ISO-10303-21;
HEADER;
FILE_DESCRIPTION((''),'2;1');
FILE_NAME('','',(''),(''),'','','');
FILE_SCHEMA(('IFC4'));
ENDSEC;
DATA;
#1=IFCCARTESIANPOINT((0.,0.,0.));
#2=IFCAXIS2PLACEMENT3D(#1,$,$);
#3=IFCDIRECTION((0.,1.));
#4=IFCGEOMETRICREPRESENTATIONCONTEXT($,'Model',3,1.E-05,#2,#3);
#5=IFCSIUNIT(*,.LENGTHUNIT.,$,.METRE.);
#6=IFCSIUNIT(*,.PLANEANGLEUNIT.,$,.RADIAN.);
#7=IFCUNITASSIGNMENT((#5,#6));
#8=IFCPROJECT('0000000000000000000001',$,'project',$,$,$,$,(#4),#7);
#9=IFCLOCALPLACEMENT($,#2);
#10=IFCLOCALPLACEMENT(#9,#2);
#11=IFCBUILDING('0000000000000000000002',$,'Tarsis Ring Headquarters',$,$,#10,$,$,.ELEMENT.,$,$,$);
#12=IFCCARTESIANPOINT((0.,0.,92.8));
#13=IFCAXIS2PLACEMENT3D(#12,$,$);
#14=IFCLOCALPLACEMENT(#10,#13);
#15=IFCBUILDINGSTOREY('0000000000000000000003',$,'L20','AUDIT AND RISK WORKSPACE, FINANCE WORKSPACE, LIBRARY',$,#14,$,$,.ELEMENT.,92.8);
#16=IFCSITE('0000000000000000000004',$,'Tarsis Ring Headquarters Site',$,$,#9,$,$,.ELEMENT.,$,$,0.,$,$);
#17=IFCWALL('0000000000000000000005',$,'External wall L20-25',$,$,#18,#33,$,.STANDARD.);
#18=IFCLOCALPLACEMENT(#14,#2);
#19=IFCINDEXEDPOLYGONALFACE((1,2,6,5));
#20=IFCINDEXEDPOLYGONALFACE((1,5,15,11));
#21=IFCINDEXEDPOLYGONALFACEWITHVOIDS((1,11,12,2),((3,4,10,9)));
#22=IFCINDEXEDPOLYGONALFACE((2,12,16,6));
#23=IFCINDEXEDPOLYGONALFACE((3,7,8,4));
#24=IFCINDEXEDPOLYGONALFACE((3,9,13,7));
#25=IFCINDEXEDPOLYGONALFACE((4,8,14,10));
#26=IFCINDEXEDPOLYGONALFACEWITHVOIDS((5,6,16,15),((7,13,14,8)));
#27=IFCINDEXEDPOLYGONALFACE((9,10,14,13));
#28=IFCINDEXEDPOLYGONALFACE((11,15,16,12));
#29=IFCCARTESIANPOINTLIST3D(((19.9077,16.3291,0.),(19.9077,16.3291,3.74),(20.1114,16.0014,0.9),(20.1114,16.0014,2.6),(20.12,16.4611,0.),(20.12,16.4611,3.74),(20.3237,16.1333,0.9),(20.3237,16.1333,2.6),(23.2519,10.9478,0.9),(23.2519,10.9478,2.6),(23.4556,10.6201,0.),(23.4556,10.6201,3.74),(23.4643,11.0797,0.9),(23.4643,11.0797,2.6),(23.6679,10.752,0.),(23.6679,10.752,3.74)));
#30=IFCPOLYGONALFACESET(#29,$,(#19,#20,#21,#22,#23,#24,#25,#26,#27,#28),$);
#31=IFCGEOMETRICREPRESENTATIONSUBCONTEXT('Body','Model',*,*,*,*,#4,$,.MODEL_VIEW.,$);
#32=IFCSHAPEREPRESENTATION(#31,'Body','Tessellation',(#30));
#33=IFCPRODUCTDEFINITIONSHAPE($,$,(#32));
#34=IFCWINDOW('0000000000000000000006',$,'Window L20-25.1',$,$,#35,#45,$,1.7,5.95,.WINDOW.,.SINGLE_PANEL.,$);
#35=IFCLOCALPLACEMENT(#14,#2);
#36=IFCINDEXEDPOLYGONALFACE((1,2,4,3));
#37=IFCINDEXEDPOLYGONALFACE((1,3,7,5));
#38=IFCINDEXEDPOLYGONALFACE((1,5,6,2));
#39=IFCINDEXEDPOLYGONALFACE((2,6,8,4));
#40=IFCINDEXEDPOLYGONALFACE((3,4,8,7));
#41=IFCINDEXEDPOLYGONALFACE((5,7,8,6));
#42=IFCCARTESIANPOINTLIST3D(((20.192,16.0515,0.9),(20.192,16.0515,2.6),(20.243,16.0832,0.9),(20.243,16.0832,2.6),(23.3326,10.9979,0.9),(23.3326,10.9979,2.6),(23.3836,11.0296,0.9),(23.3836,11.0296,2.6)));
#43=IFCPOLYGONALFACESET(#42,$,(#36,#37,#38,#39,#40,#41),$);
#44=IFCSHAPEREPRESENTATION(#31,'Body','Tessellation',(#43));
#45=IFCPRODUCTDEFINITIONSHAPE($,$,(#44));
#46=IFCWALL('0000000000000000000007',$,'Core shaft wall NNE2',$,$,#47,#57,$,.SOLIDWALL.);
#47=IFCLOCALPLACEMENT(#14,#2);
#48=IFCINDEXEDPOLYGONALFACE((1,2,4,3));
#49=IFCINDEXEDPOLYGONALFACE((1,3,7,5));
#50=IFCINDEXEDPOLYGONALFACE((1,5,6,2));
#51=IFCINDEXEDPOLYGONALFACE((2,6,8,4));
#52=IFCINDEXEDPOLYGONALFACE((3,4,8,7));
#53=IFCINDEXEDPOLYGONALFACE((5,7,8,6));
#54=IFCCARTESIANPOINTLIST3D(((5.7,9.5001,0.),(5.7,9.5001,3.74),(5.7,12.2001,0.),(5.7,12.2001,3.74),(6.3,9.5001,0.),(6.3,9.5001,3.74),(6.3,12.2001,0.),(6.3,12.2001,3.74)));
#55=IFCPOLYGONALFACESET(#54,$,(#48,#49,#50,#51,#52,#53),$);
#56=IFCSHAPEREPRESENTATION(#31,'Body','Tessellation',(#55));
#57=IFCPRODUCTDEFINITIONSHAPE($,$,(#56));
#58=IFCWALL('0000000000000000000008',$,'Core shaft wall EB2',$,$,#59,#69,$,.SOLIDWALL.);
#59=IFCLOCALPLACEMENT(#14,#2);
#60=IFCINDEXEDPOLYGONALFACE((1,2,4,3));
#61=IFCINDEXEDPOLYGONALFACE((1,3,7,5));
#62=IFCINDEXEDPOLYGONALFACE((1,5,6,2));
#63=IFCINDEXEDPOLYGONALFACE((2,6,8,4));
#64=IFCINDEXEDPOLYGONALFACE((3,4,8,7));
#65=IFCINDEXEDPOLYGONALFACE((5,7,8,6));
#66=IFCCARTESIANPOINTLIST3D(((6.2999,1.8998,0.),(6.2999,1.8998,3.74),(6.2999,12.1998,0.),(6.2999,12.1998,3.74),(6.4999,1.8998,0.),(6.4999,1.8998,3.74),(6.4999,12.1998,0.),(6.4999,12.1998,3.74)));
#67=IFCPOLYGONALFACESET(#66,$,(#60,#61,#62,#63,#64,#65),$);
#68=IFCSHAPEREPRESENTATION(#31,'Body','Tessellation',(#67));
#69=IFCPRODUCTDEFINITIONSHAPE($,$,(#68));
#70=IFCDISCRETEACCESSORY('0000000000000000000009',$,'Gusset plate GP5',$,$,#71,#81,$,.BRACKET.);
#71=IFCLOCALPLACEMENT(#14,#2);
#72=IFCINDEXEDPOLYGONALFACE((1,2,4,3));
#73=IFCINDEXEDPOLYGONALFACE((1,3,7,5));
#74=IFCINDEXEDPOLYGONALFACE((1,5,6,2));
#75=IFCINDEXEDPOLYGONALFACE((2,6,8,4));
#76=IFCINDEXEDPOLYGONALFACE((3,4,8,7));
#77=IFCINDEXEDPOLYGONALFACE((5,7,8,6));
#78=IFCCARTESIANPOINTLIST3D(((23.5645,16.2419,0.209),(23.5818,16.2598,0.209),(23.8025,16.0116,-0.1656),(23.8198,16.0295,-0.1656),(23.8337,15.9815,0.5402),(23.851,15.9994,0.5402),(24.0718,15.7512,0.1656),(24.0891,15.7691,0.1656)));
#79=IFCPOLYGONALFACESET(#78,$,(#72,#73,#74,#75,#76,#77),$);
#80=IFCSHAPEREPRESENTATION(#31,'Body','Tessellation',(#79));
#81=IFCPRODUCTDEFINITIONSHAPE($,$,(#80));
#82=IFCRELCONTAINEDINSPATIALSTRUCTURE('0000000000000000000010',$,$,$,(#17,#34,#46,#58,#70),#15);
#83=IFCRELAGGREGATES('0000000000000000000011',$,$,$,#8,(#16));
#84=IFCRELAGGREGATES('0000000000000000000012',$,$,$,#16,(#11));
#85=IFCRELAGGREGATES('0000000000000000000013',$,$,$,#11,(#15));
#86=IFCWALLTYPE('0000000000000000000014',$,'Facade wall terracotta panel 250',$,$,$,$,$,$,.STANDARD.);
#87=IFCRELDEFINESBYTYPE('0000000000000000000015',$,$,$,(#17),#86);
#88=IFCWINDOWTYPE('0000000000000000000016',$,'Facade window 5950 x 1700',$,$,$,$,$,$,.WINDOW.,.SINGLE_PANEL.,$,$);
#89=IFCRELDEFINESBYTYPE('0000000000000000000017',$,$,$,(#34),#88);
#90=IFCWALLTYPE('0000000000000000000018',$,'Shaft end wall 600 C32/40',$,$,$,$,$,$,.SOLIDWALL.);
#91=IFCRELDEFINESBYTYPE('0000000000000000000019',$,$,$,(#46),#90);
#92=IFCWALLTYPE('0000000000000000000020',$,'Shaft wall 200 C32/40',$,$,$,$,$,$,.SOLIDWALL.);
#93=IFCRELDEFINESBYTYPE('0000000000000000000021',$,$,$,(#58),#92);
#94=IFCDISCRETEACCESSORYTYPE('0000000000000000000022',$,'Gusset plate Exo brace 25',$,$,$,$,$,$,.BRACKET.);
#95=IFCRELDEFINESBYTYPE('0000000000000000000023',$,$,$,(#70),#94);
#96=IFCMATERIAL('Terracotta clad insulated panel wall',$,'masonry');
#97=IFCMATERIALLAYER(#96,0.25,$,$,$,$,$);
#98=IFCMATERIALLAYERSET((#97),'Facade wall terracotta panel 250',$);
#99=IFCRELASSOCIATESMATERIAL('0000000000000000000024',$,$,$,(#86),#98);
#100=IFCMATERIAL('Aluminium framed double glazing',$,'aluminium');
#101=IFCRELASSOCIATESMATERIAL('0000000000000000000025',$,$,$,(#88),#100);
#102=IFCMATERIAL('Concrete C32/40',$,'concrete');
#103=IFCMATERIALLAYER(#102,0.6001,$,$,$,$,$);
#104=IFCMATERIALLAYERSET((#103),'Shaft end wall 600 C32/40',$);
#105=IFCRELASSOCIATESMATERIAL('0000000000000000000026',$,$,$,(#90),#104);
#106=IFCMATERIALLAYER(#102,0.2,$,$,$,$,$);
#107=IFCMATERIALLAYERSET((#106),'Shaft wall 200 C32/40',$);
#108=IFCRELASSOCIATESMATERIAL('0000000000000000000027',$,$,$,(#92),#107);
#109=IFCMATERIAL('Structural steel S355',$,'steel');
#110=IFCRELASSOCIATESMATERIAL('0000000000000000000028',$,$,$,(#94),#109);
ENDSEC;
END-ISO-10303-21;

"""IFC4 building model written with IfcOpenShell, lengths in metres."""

from ifc_helpers import new_model, si_unit, direction, frame, frame_2d, origin, origin_2d, place, context, subcontext, project, spatial, rectangle, extrude, material, layer, layer_set, material_profile, profile_set, type_object, element, fill, save


model = new_model("IFC4")

# Units and contexts
model_context = context("Model", 3, precision=1e-05, world=origin(), true_north=direction((0.0, 1.0)))
body_context = subcontext(model_context, "Body", "Model", "MODEL_VIEW")
ifc_project = project(units=[si_unit("LENGTHUNIT", "METRE"), si_unit("PLANEANGLEUNIT", "RADIAN")], contexts=[model_context])

# Site, building, storey
site_placement = place(None, origin())
site = spatial("IfcSite", under=ifc_project, at=site_placement, Name="Tarsis Ring Headquarters Site", CompositionType="ELEMENT", RefElevation=0.0)
building_placement = place(site_placement, origin())
building = spatial("IfcBuilding", under=site, at=building_placement, Name="Tarsis Ring Headquarters", CompositionType="ELEMENT")
storey_placement = place(building_placement, frame((0.0, 0.0, 92.8)))
storey = spatial("IfcBuildingStorey", under=building, at=storey_placement, Name="L20", Description="AUDIT AND RISK WORKSPACE, FINANCE WORKSPACE, LIBRARY", CompositionType="ELEMENT", Elevation=92.8)

# Shared definitions
ifc_material_1 = material(Name="Structural steel S355", Category="steel")

# Wall, opening, window
ifc_material_2 = material(Name="Terracotta clad insulated panel wall", Category="masonry")
ifc_layer_1 = layer(ifc_material_2, 0.25)
ifc_layer_set_1 = layer_set([ifc_layer_1], Name="Facade wall terracotta panel 250")
wall_type_1 = type_object("IfcWallType", Name="Facade wall terracotta panel 250", PredefinedType="STANDARD", material=ifc_layer_set_1)
ifc_material_3 = material(Name="Aluminium framed double glazing", Category="aluminium")
window_type = type_object("IfcWindowType", Name="Facade window 5950 x 1700", PartitioningType="SINGLE_PANEL", PredefinedType="WINDOW", material=ifc_material_3)
wall_1_placement = place(storey_placement, frame((23.5618, 10.686, 0.0), z_axis=(0.0, 0.0, 1.0), x_axis=(-0.527829, 0.84935, 0.0)))
wall_1 = element("IfcWall", 1, at=wall_1_placement, inside=storey, type_object=wall_type_1, Name="External wall L20-25", PredefinedType="STANDARD", context=body_context, shape_type="SweptSolid", body=[
    extrude(rectangle(XDim=6.7217, YDim=0.25, at=frame_2d((3.3608, 0.0))), origin(), (0.0, 0.0, 1.0), 3.74),
])
opening_1_placement = place(wall_1_placement, frame((0.3857, 0.0, 0.8999)))
opening_1 = element("IfcOpeningElement", 2, at=opening_1_placement, cuts=wall_1, PredefinedType="OPENING", context=body_context, shape_type="SweptSolid", body=[
    extrude(rectangle(XDim=5.95, YDim=1.7, at=frame_2d((2.9751, 0.8501))), frame((0.0, 0.135, 0.0), z_axis=(0.0, -1.0, 0.0), x_axis=(1.0, 0.0, 0.0)), (0.0, 0.0, 1.0), 0.27),
])
window_1_placement = place(opening_1_placement, origin())
window_1 = element("IfcWindow", 3, at=window_1_placement, inside=storey, type_object=window_type, Name="Window L20-25.1", OverallHeight=1.7, OverallWidth=5.95, PartitioningType="SINGLE_PANEL", PredefinedType="WINDOW", context=body_context, shape_type="SweptSolid", body=[
    extrude(rectangle(XDim=5.95, YDim=1.7, at=frame_2d((2.9751, 0.8501))), frame((0.0, 0.03, 0.0), z_axis=(0.0, -1.0, 0.0), x_axis=(1.0, 0.0, 0.0)), (0.0, 0.0, 1.0), 0.0601),
])
fill(opening_1, window_1)

# Walls
ifc_material_4 = material(Name="Concrete C32/40", Category="concrete")
ifc_layer_2 = layer(ifc_material_4, 0.6001)
ifc_layer_set_2 = layer_set([ifc_layer_2], Name="Shaft end wall 600 C32/40")
wall_type_2 = type_object("IfcWallType", Name="Shaft end wall 600 C32/40", PredefinedType="SOLIDWALL", material=ifc_layer_set_2)
wall_2_placement = place(storey_placement, frame((6.0, 9.5, 0.0), z_axis=(0.0, 0.0, 1.0), x_axis=(0.0, 1.0, 0.0)))
element("IfcWall", 4, at=wall_2_placement, inside=storey, type_object=wall_type_2, Name="Core shaft wall NNE2", PredefinedType="SOLIDWALL", context=body_context, shape_type="SweptSolid", body=[
    extrude(rectangle(XDim=2.7, YDim=0.6001, at=frame_2d((1.3501, 0.0))), origin(), (0.0, 0.0, 1.0), 3.74),
])
ifc_layer_3 = layer(ifc_material_4, 0.2)
ifc_layer_set_3 = layer_set([ifc_layer_3], Name="Shaft wall 200 C32/40")
wall_type_3 = type_object("IfcWallType", Name="Shaft wall 200 C32/40", PredefinedType="SOLIDWALL", material=ifc_layer_set_3)
wall_3_placement = place(storey_placement, frame((6.3999, 1.8999, 0.0), z_axis=(0.0, 0.0, 1.0), x_axis=(0.0, 1.0, 0.0)))
element("IfcWall", 5, at=wall_3_placement, inside=storey, type_object=wall_type_3, Name="Core shaft wall EB2", PredefinedType="SOLIDWALL", context=body_context, shape_type="SweptSolid", body=[
    extrude(rectangle(XDim=10.3, YDim=0.2, at=frame_2d((5.1499, 0.0))), origin(), (0.0, 0.0, 1.0), 3.74),
])

# Discrete accessory
ifc_material_profile_1 = material_profile(ifc_material_1, rectangle(XDim=0.0249, YDim=0.5, at=origin_2d()), Name="PL 25x500")
ifc_profile_set_1 = profile_set([ifc_material_profile_1], Name="Structural steel S355")
discrete_accessory_type = type_object("IfcDiscreteAccessoryType", Name="Gusset plate Exo brace 25", PredefinedType="BRACKET", material=ifc_profile_set_1)
discrete_accessory_placement = place(storey_placement, frame((23.9458, 15.8904, 0.0), z_axis=(-0.476147, 0.460519, 0.749137), x_axis=(-0.695213, -0.718804, 0.0)))
element("IfcDiscreteAccessory", 6, at=discrete_accessory_placement, inside=storey, type_object=discrete_accessory_type, Name="Gusset plate GP5", PredefinedType="BRACKET", context=body_context, shape_type="SweptSolid", body=[
    extrude(rectangle(XDim=0.0249, YDim=0.5, at=origin_2d()), origin(), (0.0, 0.0, 1.0), 0.5),
])

save(model, "model.ifc")
